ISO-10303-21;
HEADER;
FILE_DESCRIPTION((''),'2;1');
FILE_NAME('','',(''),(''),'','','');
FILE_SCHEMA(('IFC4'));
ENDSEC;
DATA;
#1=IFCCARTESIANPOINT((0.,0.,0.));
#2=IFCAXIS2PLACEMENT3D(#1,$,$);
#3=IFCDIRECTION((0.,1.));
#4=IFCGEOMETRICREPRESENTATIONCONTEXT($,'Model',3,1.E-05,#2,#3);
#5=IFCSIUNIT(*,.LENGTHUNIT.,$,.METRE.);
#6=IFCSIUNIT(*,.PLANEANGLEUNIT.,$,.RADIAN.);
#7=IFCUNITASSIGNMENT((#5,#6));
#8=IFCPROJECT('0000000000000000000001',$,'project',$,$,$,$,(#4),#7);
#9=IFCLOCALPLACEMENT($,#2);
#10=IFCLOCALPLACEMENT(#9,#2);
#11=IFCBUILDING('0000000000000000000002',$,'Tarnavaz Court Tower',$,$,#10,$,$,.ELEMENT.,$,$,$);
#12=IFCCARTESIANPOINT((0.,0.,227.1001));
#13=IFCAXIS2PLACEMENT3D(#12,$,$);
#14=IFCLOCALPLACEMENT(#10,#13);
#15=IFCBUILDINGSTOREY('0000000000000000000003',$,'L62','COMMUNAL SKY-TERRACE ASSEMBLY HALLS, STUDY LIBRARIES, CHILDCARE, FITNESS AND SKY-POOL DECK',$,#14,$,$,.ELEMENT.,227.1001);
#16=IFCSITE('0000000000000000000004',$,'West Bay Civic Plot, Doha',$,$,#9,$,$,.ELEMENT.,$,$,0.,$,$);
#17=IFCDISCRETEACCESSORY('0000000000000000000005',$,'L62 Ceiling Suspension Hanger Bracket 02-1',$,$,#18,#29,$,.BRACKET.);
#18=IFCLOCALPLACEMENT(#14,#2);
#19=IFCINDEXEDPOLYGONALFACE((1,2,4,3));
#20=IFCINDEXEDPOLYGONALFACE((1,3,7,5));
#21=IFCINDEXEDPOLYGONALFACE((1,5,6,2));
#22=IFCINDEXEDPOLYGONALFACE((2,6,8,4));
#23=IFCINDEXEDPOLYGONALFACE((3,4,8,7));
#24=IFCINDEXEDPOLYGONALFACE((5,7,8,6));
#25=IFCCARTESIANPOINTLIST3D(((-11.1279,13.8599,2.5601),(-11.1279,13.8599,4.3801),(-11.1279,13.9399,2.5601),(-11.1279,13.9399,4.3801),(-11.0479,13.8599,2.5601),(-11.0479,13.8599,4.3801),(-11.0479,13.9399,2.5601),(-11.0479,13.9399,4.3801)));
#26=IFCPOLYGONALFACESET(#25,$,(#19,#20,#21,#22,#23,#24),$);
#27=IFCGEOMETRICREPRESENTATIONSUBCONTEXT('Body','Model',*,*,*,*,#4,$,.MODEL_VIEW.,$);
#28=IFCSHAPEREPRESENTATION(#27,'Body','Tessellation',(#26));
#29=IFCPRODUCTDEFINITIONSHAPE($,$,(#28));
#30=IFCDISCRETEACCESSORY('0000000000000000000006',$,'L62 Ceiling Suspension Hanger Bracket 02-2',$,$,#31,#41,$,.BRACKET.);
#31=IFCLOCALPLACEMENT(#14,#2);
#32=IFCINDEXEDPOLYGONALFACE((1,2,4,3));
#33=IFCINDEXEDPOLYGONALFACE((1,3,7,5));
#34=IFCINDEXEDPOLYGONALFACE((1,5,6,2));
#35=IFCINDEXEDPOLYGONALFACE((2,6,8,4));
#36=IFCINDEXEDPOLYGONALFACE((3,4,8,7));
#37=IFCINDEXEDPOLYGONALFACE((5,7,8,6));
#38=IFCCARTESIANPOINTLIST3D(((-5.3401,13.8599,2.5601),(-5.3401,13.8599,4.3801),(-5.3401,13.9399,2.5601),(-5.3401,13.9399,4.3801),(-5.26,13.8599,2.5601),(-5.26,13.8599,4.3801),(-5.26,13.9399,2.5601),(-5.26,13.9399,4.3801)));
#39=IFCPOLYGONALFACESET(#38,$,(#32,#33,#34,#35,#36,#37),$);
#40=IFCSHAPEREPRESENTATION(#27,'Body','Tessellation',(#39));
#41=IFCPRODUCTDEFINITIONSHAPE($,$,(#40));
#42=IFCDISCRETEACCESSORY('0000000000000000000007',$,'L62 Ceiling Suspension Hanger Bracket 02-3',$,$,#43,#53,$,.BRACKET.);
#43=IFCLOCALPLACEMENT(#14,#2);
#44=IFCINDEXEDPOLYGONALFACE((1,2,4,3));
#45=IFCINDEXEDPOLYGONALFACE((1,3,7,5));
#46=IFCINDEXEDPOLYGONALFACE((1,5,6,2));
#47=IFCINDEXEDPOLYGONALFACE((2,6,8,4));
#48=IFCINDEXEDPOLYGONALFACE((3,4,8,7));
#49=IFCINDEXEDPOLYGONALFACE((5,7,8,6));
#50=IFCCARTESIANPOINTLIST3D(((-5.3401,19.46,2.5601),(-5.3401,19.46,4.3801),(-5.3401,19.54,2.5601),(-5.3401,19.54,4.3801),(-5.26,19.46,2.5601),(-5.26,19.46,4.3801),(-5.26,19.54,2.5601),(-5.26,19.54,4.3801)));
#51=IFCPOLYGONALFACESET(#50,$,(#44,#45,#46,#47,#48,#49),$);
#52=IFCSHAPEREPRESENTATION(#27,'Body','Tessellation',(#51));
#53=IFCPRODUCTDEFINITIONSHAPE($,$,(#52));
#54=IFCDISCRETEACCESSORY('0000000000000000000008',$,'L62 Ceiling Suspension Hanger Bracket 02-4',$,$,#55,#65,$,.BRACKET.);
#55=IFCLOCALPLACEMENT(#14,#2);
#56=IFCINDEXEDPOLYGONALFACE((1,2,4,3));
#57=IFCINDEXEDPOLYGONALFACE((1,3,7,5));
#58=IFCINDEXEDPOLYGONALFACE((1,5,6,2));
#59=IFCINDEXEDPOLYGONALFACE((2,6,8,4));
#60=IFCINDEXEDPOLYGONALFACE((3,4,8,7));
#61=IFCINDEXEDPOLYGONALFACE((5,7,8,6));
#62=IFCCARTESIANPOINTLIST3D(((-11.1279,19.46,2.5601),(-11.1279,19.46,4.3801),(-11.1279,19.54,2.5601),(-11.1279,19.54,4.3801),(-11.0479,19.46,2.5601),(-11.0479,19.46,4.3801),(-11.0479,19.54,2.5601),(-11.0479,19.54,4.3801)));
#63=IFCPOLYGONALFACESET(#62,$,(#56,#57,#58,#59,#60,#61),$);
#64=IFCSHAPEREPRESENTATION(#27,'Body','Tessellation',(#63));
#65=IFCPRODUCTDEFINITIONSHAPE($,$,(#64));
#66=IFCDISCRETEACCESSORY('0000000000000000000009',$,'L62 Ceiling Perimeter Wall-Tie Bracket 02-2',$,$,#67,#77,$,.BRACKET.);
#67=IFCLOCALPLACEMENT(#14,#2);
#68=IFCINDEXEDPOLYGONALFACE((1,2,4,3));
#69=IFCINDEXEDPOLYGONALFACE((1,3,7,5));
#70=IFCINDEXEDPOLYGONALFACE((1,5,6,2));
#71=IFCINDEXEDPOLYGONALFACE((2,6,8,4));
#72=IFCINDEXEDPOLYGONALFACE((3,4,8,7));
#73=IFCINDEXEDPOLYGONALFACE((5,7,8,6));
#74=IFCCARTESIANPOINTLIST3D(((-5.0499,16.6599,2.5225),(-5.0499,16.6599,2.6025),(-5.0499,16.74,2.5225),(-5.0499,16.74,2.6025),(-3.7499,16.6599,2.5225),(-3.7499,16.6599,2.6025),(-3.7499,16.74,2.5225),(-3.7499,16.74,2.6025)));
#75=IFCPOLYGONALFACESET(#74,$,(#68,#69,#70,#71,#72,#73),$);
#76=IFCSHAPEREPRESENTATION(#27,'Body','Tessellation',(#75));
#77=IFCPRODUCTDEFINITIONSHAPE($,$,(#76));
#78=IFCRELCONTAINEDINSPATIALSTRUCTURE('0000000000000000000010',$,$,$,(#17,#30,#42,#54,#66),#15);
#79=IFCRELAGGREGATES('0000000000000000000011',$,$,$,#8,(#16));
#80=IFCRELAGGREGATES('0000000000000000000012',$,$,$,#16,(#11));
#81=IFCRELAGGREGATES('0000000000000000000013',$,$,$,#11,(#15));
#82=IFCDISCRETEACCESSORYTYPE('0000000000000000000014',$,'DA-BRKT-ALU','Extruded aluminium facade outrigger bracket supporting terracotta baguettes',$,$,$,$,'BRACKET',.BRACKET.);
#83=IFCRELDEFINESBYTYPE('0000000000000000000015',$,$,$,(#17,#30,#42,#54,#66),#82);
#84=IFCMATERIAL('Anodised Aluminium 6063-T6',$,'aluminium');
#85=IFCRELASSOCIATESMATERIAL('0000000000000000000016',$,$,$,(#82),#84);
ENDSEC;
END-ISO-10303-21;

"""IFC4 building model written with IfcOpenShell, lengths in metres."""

from ifc_helpers import new_model, si_unit, direction, frame, origin, origin_2d, place, context, subcontext, project, spatial, rectangle, extrude, material, type_object, element, save


model = new_model("IFC4")

# Units and contexts
model_context = context("Model", 3, precision=1e-05, world=origin(), true_north=direction((0.0, 1.0)))
body_context = subcontext(model_context, "Body", "Model", "MODEL_VIEW")
ifc_project = project(units=[si_unit("LENGTHUNIT", "METRE"), si_unit("PLANEANGLEUNIT", "RADIAN")], contexts=[model_context])

# Site, building, storey
site_placement = place(None, origin())
site = spatial("IfcSite", under=ifc_project, at=site_placement, Name="West Bay Civic Plot, Doha", CompositionType="ELEMENT", RefElevation=0.0)
building_placement = place(site_placement, origin())
building = spatial("IfcBuilding", under=site, at=building_placement, Name="Tarnavaz Court Tower", CompositionType="ELEMENT")
storey_placement = place(building_placement, frame((0.0, 0.0, 227.1001)))
storey = spatial("IfcBuildingStorey", under=building, at=storey_placement, Name="L62", Description="COMMUNAL SKY-TERRACE ASSEMBLY HALLS, STUDY LIBRARIES, CHILDCARE, FITNESS AND SKY-POOL DECK", CompositionType="ELEMENT", Elevation=227.1001)

# Shared definitions
ifc_material_1 = material(Name="Anodised Aluminium 6063-T6", Category="aluminium")

# Discrete accessories
discrete_accessory_type = type_object("IfcDiscreteAccessoryType", Name="DA-BRKT-ALU", Description="Extruded aluminium facade outrigger bracket supporting terracotta baguettes", ElementType="BRACKET", PredefinedType="BRACKET", material=ifc_material_1)
for number, where, z_axis, x_axis, name in (
    (1, (-11.0879, 13.8999, 2.5601), (0.0, 0.0, 1.0), (1.0, 0.0, 0.0), "L62 Ceiling Suspension Hanger Bracket 02-1"),
    (2, (-5.3, 13.8999, 2.5601), (0.0, 0.0, 1.0), (1.0, 0.0, 0.0), "L62 Ceiling Suspension Hanger Bracket 02-2"),
    (3, (-5.3, 19.5, 2.5601), (0.0, 0.0, 1.0), (1.0, 0.0, 0.0), "L62 Ceiling Suspension Hanger Bracket 02-3"),
    (4, (-11.0879, 19.5, 2.5601), (0.0, 0.0, 1.0), (1.0, 0.0, 0.0), "L62 Ceiling Suspension Hanger Bracket 02-4"),
):
    element("IfcDiscreteAccessory", number, at=place(storey_placement, frame(where, z_axis=z_axis, x_axis=x_axis)), inside=storey, type_object=discrete_accessory_type, Name=name, PredefinedType="BRACKET", context=body_context, shape_type="SweptSolid", body=[
        extrude(rectangle(XDim=0.0801, YDim=0.0801, at=origin_2d()), origin(), (0.0, 0.0, 1.0), 1.8201),
    ])
discrete_accessory_1_placement = place(storey_placement, frame((-4.3999, 16.7, 2.5225), z_axis=(0.0, 0.0, 1.0), x_axis=(1.0, 0.0, 0.0)))
element("IfcDiscreteAccessory", 5, at=discrete_accessory_1_placement, inside=storey, type_object=discrete_accessory_type, Name="L62 Ceiling Perimeter Wall-Tie Bracket 02-2", PredefinedType="BRACKET", context=body_context, shape_type="SweptSolid", body=[
    extrude(rectangle(XDim=1.3, YDim=0.0801, at=origin_2d()), origin(), (0.0, 0.0, 1.0), 0.0801),
])

save(model, "model.ifc")
